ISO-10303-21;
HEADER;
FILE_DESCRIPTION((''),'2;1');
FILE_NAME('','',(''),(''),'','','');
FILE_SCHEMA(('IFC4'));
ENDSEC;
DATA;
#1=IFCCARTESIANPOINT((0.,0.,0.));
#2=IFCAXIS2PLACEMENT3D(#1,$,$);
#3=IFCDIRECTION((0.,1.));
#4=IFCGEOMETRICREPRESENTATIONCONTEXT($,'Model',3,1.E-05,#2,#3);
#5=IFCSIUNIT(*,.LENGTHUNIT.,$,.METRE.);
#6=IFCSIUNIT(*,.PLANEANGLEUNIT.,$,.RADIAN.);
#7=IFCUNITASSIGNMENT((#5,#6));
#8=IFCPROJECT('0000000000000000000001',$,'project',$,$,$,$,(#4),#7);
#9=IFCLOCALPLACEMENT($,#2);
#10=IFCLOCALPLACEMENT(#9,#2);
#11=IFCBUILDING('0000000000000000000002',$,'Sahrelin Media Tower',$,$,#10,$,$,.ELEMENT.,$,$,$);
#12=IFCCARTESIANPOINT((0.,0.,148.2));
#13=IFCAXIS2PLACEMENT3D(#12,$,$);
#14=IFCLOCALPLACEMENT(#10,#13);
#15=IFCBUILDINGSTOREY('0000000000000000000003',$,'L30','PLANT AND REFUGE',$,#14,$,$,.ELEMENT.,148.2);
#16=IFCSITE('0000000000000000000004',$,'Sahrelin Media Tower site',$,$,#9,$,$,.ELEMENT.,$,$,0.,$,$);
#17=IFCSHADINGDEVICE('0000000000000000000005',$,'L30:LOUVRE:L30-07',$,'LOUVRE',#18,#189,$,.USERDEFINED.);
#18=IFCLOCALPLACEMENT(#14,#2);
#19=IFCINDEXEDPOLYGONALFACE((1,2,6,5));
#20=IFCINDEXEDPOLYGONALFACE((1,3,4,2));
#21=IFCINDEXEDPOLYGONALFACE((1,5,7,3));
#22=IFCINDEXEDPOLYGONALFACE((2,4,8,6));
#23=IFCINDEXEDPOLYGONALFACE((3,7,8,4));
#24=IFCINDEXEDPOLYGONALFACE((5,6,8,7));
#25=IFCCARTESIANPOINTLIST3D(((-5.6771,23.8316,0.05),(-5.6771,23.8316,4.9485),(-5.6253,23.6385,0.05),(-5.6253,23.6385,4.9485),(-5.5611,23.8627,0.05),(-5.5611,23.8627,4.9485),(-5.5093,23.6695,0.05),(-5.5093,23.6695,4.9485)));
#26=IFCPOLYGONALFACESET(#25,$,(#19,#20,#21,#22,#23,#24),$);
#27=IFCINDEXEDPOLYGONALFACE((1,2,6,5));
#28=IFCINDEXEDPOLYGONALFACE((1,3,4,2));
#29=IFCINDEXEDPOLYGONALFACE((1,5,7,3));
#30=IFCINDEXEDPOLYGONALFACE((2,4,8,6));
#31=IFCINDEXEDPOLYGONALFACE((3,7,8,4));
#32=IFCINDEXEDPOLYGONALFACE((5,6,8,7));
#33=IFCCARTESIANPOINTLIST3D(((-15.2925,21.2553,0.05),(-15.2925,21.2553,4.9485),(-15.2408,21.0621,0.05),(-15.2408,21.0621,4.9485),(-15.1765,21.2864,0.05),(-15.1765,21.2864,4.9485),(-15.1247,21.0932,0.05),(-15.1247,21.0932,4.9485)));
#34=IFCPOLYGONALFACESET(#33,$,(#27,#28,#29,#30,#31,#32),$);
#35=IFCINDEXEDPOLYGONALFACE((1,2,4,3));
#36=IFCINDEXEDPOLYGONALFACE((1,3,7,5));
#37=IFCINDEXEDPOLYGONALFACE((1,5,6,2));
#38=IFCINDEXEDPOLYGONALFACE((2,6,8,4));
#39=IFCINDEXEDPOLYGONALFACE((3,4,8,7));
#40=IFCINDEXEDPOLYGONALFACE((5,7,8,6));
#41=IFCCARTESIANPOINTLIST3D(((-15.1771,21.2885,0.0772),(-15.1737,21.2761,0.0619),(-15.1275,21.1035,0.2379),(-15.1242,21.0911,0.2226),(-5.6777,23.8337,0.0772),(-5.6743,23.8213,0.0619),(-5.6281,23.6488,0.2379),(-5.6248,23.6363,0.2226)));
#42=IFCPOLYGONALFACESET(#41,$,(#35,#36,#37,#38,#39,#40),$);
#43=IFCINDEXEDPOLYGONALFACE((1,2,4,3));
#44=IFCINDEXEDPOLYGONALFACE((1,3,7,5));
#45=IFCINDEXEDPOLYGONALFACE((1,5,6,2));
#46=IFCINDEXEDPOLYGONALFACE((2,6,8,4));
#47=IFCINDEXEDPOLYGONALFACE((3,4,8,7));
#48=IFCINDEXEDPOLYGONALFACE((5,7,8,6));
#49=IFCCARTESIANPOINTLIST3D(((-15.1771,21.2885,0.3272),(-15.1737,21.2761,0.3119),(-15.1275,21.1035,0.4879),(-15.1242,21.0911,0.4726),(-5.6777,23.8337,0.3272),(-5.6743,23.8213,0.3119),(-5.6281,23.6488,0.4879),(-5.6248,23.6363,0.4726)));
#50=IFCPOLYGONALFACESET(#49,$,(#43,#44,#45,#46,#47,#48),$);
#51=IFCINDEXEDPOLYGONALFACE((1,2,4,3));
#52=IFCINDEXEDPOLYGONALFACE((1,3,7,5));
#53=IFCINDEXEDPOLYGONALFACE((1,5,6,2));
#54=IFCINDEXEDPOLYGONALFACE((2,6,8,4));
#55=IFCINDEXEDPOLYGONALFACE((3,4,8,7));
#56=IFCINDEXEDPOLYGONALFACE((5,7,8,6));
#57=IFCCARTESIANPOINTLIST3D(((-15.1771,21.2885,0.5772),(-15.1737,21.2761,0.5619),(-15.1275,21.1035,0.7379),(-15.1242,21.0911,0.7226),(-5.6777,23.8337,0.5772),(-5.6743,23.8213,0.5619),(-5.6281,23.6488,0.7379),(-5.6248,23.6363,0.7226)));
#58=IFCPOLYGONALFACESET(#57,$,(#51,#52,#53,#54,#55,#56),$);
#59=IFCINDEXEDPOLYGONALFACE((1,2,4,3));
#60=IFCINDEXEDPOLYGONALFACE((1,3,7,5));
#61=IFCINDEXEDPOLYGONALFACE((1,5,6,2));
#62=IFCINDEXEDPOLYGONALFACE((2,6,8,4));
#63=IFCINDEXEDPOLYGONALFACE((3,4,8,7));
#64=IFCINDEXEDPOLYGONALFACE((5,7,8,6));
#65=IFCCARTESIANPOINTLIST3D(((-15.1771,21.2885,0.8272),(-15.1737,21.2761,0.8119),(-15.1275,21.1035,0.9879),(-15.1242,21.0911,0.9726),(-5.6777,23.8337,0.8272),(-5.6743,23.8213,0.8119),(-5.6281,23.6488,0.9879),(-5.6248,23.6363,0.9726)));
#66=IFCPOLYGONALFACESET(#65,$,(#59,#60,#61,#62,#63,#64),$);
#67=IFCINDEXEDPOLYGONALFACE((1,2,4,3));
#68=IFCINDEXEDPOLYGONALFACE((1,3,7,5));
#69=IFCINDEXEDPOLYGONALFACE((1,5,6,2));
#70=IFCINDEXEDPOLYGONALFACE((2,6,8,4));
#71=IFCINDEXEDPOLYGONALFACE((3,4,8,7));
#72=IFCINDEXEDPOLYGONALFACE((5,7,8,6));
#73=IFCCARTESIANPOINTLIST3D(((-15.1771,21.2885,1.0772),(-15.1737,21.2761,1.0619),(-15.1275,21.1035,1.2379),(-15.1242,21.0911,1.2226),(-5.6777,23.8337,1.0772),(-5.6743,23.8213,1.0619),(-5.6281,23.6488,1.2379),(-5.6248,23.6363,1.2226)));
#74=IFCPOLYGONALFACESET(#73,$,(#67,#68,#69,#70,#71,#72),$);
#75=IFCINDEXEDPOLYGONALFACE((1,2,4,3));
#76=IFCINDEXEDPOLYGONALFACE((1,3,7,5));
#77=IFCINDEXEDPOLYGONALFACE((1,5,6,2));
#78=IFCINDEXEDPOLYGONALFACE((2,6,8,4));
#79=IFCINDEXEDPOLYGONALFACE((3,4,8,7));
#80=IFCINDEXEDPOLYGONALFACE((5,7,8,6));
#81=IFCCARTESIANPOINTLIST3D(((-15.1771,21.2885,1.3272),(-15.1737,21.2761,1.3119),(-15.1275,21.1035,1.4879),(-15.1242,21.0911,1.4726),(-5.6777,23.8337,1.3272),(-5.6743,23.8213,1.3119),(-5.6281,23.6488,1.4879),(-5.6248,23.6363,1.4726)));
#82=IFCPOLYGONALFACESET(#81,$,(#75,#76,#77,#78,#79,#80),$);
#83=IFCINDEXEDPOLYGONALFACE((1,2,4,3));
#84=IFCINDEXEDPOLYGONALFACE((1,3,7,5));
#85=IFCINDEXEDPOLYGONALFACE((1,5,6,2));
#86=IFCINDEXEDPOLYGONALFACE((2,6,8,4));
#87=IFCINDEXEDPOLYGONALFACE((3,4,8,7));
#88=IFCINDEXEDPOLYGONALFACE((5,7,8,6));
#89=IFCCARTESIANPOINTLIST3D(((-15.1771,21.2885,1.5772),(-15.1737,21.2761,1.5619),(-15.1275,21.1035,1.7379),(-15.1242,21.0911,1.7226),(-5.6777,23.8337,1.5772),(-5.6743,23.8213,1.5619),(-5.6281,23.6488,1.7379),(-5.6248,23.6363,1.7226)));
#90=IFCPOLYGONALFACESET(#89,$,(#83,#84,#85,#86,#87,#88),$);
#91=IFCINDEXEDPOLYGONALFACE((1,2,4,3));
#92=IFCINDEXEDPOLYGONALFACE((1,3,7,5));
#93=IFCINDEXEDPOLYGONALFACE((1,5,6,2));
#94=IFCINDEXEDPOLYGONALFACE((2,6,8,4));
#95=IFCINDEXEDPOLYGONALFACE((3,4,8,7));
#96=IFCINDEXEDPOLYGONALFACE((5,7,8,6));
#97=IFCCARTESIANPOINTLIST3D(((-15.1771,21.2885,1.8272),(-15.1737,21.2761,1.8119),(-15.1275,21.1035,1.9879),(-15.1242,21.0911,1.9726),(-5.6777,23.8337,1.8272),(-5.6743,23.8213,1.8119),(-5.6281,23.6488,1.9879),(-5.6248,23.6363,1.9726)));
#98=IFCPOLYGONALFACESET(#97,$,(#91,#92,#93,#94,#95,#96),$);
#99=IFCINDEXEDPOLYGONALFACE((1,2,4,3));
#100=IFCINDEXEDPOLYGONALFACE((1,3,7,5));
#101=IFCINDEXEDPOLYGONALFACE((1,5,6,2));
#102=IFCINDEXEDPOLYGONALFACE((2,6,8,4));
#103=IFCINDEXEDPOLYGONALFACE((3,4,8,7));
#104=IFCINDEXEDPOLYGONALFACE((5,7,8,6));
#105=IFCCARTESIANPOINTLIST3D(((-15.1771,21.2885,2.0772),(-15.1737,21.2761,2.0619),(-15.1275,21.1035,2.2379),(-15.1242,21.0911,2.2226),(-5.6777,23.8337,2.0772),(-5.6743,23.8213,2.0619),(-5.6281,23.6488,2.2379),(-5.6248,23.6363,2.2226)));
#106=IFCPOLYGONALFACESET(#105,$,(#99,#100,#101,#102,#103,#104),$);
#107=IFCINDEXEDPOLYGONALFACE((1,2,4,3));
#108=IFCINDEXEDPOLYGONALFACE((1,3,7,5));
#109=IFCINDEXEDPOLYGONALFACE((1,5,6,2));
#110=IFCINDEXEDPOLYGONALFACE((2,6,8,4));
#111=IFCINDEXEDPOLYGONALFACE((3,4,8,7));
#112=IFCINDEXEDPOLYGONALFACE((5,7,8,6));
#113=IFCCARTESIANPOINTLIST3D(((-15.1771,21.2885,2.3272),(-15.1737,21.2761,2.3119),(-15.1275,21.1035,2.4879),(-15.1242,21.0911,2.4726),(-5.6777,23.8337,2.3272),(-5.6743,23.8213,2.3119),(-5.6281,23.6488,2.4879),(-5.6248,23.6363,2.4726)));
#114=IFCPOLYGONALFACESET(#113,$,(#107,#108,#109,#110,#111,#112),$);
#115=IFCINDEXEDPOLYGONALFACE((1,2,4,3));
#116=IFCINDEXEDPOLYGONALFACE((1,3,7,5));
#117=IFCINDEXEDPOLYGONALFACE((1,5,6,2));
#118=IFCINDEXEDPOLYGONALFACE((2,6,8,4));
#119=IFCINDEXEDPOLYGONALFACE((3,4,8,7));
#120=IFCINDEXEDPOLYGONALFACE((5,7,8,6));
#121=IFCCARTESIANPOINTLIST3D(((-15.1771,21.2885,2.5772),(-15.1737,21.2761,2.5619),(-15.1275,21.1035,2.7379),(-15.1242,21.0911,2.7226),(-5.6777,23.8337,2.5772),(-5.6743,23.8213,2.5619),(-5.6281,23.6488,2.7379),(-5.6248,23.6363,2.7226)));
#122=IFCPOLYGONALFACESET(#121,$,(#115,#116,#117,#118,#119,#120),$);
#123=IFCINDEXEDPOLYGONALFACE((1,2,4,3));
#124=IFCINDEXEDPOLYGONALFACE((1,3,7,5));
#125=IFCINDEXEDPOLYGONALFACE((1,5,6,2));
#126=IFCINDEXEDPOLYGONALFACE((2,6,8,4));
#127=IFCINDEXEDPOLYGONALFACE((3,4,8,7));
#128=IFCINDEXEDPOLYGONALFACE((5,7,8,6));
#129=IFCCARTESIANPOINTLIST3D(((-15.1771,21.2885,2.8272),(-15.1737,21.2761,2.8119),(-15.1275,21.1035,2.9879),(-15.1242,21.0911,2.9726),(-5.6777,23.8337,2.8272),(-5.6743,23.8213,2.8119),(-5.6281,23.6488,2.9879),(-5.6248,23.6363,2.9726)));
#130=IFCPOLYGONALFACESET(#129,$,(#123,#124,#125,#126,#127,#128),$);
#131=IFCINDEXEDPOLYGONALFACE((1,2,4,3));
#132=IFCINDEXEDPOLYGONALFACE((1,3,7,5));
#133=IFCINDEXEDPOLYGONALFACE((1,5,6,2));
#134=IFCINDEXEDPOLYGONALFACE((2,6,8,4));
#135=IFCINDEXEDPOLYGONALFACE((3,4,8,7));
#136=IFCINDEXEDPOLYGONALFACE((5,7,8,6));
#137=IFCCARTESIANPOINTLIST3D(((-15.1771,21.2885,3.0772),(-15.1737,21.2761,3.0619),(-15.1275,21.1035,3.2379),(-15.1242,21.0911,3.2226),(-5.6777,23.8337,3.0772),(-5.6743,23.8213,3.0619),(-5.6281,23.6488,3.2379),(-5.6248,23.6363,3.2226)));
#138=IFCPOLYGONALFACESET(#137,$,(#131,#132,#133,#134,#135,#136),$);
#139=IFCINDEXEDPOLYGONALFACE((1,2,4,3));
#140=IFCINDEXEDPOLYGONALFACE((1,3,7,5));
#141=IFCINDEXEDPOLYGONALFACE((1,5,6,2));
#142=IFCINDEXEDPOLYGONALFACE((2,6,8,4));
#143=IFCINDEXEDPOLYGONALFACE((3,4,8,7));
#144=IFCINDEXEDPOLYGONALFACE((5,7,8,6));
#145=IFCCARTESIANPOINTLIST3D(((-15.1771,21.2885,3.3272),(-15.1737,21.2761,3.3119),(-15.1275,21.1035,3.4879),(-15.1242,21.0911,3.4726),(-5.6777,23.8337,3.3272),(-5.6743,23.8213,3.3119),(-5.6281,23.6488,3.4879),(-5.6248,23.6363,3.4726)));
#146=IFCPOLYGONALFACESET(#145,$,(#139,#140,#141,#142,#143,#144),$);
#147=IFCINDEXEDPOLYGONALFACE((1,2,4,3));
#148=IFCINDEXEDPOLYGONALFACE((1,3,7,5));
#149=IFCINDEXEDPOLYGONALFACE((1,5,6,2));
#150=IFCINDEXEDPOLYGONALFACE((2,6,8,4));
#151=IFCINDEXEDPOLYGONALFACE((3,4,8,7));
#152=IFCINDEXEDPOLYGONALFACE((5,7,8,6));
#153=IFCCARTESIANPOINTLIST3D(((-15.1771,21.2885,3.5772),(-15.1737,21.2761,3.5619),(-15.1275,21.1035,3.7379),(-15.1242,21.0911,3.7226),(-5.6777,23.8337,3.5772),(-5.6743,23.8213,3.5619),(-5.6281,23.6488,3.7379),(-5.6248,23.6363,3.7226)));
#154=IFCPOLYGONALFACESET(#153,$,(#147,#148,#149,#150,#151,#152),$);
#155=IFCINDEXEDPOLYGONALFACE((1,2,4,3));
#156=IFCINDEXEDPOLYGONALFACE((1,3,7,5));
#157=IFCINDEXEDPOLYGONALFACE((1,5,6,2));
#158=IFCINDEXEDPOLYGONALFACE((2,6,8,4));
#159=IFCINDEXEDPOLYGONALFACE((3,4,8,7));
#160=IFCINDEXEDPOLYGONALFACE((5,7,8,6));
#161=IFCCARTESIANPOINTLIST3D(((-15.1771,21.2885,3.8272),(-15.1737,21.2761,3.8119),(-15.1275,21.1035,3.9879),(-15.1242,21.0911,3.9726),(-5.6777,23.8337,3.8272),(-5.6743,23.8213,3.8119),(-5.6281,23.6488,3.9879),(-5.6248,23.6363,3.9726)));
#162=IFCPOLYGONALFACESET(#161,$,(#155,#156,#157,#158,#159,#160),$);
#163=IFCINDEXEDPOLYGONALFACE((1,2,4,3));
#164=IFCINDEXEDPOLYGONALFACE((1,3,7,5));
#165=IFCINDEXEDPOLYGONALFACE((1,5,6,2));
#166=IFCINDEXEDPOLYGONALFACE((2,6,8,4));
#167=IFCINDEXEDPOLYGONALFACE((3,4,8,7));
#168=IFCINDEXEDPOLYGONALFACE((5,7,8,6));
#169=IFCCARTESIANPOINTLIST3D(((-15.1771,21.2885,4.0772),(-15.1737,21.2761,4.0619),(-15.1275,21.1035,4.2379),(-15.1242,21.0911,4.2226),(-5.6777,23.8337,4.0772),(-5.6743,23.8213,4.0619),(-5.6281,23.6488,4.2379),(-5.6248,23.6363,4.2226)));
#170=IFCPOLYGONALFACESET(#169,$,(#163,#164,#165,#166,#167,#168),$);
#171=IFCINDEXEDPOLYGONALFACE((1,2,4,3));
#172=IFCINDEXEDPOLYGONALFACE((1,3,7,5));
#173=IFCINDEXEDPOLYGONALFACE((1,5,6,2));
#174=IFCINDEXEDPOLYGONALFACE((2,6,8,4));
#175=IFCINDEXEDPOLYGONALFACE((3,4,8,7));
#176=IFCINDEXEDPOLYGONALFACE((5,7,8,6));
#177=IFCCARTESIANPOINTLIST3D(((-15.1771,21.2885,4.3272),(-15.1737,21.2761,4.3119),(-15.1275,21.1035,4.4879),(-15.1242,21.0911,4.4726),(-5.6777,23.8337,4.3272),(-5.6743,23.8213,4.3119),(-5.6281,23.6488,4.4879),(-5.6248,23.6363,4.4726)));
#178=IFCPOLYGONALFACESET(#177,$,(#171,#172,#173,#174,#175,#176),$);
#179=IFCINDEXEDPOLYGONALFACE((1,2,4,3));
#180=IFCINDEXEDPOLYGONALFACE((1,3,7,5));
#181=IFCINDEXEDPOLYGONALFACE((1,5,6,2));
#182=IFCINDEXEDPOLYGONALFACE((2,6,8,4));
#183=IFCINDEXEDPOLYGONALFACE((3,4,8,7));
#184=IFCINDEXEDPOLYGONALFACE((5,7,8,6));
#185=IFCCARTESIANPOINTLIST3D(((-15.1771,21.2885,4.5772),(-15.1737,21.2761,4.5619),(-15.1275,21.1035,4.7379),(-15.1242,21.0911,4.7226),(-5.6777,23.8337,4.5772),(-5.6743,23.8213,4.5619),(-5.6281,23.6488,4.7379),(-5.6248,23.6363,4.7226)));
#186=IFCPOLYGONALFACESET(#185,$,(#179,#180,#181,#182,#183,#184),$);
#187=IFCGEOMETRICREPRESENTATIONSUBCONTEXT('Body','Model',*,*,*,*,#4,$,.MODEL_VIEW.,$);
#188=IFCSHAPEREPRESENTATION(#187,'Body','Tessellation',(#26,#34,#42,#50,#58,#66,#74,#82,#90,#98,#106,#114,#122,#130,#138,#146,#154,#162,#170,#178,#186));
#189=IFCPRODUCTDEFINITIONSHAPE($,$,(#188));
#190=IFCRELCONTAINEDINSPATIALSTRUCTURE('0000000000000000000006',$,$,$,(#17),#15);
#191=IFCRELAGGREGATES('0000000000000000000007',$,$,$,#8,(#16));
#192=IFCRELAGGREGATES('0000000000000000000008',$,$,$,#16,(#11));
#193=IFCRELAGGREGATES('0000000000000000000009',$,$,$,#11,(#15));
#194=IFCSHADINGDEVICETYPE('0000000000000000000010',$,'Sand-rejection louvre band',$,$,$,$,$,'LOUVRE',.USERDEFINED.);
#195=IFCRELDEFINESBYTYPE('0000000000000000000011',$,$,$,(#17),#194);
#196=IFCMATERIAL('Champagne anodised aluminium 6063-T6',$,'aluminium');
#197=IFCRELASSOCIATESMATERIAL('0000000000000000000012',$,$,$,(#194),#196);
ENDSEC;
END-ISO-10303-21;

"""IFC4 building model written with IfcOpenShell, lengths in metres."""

from ifc_helpers import new_model, si_unit, direction, frame, origin, origin_2d, place, context, subcontext, project, spatial, rectangle, extrude, material, type_object, element, save


model = new_model("IFC4")

# Units and contexts
model_context = context("Model", 3, precision=1e-05, world=origin(), true_north=direction((0.0, 1.0)))
body_context = subcontext(model_context, "Body", "Model", "MODEL_VIEW")
ifc_project = project(units=[si_unit("LENGTHUNIT", "METRE"), si_unit("PLANEANGLEUNIT", "RADIAN")], contexts=[model_context])

# Site, building, storey
site_placement = place(None, origin())
site = spatial("IfcSite", under=ifc_project, at=site_placement, Name="Sahrelin Media Tower site", CompositionType="ELEMENT", RefElevation=0.0)
building_placement = place(site_placement, origin())
building = spatial("IfcBuilding", under=site, at=building_placement, Name="Sahrelin Media Tower", CompositionType="ELEMENT")
storey_placement = place(building_placement, frame((0.0, 0.0, 148.2)))
storey = spatial("IfcBuildingStorey", under=building, at=storey_placement, Name="L30", Description="PLANT AND REFUGE", CompositionType="ELEMENT", Elevation=148.2)

# Shading device
ifc_material_1 = material(Name="Champagne anodised aluminium 6063-T6", Category="aluminium")
shading_device_type = type_object("IfcShadingDeviceType", Name="Sand-rejection louvre band", ElementType="LOUVRE", PredefinedType="USERDEFINED", material=ifc_material_1)
shading_device_1_placement = place(storey_placement, frame((-10.375, 22.3657, 0.0), z_axis=(0.0, 0.0, 1.0), x_axis=(0.965929, 0.258808, 0.0)))
element("IfcShadingDevice", 1, at=shading_device_1_placement, inside=storey, type_object=shading_device_type, Name="L30:LOUVRE:L30-07", ObjectType="LOUVRE", PredefinedType="USERDEFINED", context=body_context, shape_type="SweptSolid", body=[
    extrude(rectangle(XDim=0.1201, YDim=0.2, at=origin_2d()), frame((4.9773, 0.1001, 0.05), z_axis=(0.0, 0.0, 1.0), x_axis=(1.0, 0.0, 0.0)), (0.0, 0.0, 1.0), 4.8984),
    extrude(rectangle(XDim=0.1201, YDim=0.2, at=origin_2d()), frame((-4.9773, 0.1001, 0.05), z_axis=(0.0, 0.0, 1.0), x_axis=(1.0, 0.0, 0.0)), (0.0, 0.0, 1.0), 4.8984),
    extrude(rectangle(XDim=0.25, YDim=0.02, at=origin_2d()), frame((4.9172, 0.1001, 0.1499), z_axis=(-1.0, 0.0, 0.0), x_axis=(0.0, -0.766044, 0.642788)), (0.0, 0.0, 1.0), 9.8345),
    extrude(rectangle(XDim=0.25, YDim=0.02, at=origin_2d()), frame((4.9172, 0.1001, 0.3999), z_axis=(-1.0, 0.0, 0.0), x_axis=(0.0, -0.766044, 0.642788)), (0.0, 0.0, 1.0), 9.8345),
    extrude(rectangle(XDim=0.25, YDim=0.02, at=origin_2d()), frame((4.9172, 0.1001, 0.6499), z_axis=(-1.0, 0.0, 0.0), x_axis=(0.0, -0.766044, 0.642788)), (0.0, 0.0, 1.0), 9.8345),
    extrude(rectangle(XDim=0.25, YDim=0.02, at=origin_2d()), frame((4.9172, 0.1001, 0.8999), z_axis=(-1.0, 0.0, 0.0), x_axis=(0.0, -0.766044, 0.642788)), (0.0, 0.0, 1.0), 9.8345),
    extrude(rectangle(XDim=0.25, YDim=0.02, at=origin_2d()), frame((4.9172, 0.1001, 1.1499), z_axis=(-1.0, 0.0, 0.0), x_axis=(0.0, -0.766044, 0.642788)), (0.0, 0.0, 1.0), 9.8345),
    extrude(rectangle(XDim=0.25, YDim=0.02, at=origin_2d()), frame((4.9172, 0.1001, 1.3999), z_axis=(-1.0, 0.0, 0.0), x_axis=(0.0, -0.766044, 0.642788)), (0.0, 0.0, 1.0), 9.8345),
    extrude(rectangle(XDim=0.25, YDim=0.02, at=origin_2d()), frame((4.9172, 0.1001, 1.6499), z_axis=(-1.0, 0.0, 0.0), x_axis=(0.0, -0.766044, 0.642788)), (0.0, 0.0, 1.0), 9.8345),
    extrude(rectangle(XDim=0.25, YDim=0.02, at=origin_2d()), frame((4.9172, 0.1001, 1.8999), z_axis=(-1.0, 0.0, 0.0), x_axis=(0.0, -0.766044, 0.642788)), (0.0, 0.0, 1.0), 9.8345),
    extrude(rectangle(XDim=0.25, YDim=0.02, at=origin_2d()), frame((4.9172, 0.1001, 2.1499), z_axis=(-1.0, 0.0, 0.0), x_axis=(0.0, -0.766044, 0.642788)), (0.0, 0.0, 1.0), 9.8345),
    extrude(rectangle(XDim=0.25, YDim=0.02, at=origin_2d()), frame((4.9172, 0.1001, 2.3999), z_axis=(-1.0, 0.0, 0.0), x_axis=(0.0, -0.766044, 0.642788)), (0.0, 0.0, 1.0), 9.8345),
    extrude(rectangle(XDim=0.25, YDim=0.02, at=origin_2d()), frame((4.9172, 0.1001, 2.6499), z_axis=(-1.0, 0.0, 0.0), x_axis=(0.0, -0.766044, 0.642788)), (0.0, 0.0, 1.0), 9.8345),
    extrude(rectangle(XDim=0.25, YDim=0.02, at=origin_2d()), frame((4.9172, 0.1001, 2.8999), z_axis=(-1.0, 0.0, 0.0), x_axis=(0.0, -0.766044, 0.642788)), (0.0, 0.0, 1.0), 9.8345),
    extrude(rectangle(XDim=0.25, YDim=0.02, at=origin_2d()), frame((4.9172, 0.1001, 3.1499), z_axis=(-1.0, 0.0, 0.0), x_axis=(0.0, -0.766044, 0.642788)), (0.0, 0.0, 1.0), 9.8345),
    extrude(rectangle(XDim=0.25, YDim=0.02, at=origin_2d()), frame((4.9172, 0.1001, 3.3999), z_axis=(-1.0, 0.0, 0.0), x_axis=(0.0, -0.766044, 0.642788)), (0.0, 0.0, 1.0), 9.8345),
    extrude(rectangle(XDim=0.25, YDim=0.02, at=origin_2d()), frame((4.9172, 0.1001, 3.6499), z_axis=(-1.0, 0.0, 0.0), x_axis=(0.0, -0.766044, 0.642788)), (0.0, 0.0, 1.0), 9.8345),
    extrude(rectangle(XDim=0.25, YDim=0.02, at=origin_2d()), frame((4.9172, 0.1001, 3.8999), z_axis=(-1.0, 0.0, 0.0), x_axis=(0.0, -0.766044, 0.642788)), (0.0, 0.0, 1.0), 9.8345),
    extrude(rectangle(XDim=0.25, YDim=0.02, at=origin_2d()), frame((4.9172, 0.1001, 4.1499), z_axis=(-1.0, 0.0, 0.0), x_axis=(0.0, -0.766044, 0.642788)), (0.0, 0.0, 1.0), 9.8345),
    extrude(rectangle(XDim=0.25, YDim=0.02, at=origin_2d()), frame((4.9172, 0.1001, 4.3999), z_axis=(-1.0, 0.0, 0.0), x_axis=(0.0, -0.766044, 0.642788)), (0.0, 0.0, 1.0), 9.8345),
    extrude(rectangle(XDim=0.25, YDim=0.02, at=origin_2d()), frame((4.9172, 0.1001, 4.6499), z_axis=(-1.0, 0.0, 0.0), x_axis=(0.0, -0.766044, 0.642788)), (0.0, 0.0, 1.0), 9.8345),
])

save(model, "model.ifc")
